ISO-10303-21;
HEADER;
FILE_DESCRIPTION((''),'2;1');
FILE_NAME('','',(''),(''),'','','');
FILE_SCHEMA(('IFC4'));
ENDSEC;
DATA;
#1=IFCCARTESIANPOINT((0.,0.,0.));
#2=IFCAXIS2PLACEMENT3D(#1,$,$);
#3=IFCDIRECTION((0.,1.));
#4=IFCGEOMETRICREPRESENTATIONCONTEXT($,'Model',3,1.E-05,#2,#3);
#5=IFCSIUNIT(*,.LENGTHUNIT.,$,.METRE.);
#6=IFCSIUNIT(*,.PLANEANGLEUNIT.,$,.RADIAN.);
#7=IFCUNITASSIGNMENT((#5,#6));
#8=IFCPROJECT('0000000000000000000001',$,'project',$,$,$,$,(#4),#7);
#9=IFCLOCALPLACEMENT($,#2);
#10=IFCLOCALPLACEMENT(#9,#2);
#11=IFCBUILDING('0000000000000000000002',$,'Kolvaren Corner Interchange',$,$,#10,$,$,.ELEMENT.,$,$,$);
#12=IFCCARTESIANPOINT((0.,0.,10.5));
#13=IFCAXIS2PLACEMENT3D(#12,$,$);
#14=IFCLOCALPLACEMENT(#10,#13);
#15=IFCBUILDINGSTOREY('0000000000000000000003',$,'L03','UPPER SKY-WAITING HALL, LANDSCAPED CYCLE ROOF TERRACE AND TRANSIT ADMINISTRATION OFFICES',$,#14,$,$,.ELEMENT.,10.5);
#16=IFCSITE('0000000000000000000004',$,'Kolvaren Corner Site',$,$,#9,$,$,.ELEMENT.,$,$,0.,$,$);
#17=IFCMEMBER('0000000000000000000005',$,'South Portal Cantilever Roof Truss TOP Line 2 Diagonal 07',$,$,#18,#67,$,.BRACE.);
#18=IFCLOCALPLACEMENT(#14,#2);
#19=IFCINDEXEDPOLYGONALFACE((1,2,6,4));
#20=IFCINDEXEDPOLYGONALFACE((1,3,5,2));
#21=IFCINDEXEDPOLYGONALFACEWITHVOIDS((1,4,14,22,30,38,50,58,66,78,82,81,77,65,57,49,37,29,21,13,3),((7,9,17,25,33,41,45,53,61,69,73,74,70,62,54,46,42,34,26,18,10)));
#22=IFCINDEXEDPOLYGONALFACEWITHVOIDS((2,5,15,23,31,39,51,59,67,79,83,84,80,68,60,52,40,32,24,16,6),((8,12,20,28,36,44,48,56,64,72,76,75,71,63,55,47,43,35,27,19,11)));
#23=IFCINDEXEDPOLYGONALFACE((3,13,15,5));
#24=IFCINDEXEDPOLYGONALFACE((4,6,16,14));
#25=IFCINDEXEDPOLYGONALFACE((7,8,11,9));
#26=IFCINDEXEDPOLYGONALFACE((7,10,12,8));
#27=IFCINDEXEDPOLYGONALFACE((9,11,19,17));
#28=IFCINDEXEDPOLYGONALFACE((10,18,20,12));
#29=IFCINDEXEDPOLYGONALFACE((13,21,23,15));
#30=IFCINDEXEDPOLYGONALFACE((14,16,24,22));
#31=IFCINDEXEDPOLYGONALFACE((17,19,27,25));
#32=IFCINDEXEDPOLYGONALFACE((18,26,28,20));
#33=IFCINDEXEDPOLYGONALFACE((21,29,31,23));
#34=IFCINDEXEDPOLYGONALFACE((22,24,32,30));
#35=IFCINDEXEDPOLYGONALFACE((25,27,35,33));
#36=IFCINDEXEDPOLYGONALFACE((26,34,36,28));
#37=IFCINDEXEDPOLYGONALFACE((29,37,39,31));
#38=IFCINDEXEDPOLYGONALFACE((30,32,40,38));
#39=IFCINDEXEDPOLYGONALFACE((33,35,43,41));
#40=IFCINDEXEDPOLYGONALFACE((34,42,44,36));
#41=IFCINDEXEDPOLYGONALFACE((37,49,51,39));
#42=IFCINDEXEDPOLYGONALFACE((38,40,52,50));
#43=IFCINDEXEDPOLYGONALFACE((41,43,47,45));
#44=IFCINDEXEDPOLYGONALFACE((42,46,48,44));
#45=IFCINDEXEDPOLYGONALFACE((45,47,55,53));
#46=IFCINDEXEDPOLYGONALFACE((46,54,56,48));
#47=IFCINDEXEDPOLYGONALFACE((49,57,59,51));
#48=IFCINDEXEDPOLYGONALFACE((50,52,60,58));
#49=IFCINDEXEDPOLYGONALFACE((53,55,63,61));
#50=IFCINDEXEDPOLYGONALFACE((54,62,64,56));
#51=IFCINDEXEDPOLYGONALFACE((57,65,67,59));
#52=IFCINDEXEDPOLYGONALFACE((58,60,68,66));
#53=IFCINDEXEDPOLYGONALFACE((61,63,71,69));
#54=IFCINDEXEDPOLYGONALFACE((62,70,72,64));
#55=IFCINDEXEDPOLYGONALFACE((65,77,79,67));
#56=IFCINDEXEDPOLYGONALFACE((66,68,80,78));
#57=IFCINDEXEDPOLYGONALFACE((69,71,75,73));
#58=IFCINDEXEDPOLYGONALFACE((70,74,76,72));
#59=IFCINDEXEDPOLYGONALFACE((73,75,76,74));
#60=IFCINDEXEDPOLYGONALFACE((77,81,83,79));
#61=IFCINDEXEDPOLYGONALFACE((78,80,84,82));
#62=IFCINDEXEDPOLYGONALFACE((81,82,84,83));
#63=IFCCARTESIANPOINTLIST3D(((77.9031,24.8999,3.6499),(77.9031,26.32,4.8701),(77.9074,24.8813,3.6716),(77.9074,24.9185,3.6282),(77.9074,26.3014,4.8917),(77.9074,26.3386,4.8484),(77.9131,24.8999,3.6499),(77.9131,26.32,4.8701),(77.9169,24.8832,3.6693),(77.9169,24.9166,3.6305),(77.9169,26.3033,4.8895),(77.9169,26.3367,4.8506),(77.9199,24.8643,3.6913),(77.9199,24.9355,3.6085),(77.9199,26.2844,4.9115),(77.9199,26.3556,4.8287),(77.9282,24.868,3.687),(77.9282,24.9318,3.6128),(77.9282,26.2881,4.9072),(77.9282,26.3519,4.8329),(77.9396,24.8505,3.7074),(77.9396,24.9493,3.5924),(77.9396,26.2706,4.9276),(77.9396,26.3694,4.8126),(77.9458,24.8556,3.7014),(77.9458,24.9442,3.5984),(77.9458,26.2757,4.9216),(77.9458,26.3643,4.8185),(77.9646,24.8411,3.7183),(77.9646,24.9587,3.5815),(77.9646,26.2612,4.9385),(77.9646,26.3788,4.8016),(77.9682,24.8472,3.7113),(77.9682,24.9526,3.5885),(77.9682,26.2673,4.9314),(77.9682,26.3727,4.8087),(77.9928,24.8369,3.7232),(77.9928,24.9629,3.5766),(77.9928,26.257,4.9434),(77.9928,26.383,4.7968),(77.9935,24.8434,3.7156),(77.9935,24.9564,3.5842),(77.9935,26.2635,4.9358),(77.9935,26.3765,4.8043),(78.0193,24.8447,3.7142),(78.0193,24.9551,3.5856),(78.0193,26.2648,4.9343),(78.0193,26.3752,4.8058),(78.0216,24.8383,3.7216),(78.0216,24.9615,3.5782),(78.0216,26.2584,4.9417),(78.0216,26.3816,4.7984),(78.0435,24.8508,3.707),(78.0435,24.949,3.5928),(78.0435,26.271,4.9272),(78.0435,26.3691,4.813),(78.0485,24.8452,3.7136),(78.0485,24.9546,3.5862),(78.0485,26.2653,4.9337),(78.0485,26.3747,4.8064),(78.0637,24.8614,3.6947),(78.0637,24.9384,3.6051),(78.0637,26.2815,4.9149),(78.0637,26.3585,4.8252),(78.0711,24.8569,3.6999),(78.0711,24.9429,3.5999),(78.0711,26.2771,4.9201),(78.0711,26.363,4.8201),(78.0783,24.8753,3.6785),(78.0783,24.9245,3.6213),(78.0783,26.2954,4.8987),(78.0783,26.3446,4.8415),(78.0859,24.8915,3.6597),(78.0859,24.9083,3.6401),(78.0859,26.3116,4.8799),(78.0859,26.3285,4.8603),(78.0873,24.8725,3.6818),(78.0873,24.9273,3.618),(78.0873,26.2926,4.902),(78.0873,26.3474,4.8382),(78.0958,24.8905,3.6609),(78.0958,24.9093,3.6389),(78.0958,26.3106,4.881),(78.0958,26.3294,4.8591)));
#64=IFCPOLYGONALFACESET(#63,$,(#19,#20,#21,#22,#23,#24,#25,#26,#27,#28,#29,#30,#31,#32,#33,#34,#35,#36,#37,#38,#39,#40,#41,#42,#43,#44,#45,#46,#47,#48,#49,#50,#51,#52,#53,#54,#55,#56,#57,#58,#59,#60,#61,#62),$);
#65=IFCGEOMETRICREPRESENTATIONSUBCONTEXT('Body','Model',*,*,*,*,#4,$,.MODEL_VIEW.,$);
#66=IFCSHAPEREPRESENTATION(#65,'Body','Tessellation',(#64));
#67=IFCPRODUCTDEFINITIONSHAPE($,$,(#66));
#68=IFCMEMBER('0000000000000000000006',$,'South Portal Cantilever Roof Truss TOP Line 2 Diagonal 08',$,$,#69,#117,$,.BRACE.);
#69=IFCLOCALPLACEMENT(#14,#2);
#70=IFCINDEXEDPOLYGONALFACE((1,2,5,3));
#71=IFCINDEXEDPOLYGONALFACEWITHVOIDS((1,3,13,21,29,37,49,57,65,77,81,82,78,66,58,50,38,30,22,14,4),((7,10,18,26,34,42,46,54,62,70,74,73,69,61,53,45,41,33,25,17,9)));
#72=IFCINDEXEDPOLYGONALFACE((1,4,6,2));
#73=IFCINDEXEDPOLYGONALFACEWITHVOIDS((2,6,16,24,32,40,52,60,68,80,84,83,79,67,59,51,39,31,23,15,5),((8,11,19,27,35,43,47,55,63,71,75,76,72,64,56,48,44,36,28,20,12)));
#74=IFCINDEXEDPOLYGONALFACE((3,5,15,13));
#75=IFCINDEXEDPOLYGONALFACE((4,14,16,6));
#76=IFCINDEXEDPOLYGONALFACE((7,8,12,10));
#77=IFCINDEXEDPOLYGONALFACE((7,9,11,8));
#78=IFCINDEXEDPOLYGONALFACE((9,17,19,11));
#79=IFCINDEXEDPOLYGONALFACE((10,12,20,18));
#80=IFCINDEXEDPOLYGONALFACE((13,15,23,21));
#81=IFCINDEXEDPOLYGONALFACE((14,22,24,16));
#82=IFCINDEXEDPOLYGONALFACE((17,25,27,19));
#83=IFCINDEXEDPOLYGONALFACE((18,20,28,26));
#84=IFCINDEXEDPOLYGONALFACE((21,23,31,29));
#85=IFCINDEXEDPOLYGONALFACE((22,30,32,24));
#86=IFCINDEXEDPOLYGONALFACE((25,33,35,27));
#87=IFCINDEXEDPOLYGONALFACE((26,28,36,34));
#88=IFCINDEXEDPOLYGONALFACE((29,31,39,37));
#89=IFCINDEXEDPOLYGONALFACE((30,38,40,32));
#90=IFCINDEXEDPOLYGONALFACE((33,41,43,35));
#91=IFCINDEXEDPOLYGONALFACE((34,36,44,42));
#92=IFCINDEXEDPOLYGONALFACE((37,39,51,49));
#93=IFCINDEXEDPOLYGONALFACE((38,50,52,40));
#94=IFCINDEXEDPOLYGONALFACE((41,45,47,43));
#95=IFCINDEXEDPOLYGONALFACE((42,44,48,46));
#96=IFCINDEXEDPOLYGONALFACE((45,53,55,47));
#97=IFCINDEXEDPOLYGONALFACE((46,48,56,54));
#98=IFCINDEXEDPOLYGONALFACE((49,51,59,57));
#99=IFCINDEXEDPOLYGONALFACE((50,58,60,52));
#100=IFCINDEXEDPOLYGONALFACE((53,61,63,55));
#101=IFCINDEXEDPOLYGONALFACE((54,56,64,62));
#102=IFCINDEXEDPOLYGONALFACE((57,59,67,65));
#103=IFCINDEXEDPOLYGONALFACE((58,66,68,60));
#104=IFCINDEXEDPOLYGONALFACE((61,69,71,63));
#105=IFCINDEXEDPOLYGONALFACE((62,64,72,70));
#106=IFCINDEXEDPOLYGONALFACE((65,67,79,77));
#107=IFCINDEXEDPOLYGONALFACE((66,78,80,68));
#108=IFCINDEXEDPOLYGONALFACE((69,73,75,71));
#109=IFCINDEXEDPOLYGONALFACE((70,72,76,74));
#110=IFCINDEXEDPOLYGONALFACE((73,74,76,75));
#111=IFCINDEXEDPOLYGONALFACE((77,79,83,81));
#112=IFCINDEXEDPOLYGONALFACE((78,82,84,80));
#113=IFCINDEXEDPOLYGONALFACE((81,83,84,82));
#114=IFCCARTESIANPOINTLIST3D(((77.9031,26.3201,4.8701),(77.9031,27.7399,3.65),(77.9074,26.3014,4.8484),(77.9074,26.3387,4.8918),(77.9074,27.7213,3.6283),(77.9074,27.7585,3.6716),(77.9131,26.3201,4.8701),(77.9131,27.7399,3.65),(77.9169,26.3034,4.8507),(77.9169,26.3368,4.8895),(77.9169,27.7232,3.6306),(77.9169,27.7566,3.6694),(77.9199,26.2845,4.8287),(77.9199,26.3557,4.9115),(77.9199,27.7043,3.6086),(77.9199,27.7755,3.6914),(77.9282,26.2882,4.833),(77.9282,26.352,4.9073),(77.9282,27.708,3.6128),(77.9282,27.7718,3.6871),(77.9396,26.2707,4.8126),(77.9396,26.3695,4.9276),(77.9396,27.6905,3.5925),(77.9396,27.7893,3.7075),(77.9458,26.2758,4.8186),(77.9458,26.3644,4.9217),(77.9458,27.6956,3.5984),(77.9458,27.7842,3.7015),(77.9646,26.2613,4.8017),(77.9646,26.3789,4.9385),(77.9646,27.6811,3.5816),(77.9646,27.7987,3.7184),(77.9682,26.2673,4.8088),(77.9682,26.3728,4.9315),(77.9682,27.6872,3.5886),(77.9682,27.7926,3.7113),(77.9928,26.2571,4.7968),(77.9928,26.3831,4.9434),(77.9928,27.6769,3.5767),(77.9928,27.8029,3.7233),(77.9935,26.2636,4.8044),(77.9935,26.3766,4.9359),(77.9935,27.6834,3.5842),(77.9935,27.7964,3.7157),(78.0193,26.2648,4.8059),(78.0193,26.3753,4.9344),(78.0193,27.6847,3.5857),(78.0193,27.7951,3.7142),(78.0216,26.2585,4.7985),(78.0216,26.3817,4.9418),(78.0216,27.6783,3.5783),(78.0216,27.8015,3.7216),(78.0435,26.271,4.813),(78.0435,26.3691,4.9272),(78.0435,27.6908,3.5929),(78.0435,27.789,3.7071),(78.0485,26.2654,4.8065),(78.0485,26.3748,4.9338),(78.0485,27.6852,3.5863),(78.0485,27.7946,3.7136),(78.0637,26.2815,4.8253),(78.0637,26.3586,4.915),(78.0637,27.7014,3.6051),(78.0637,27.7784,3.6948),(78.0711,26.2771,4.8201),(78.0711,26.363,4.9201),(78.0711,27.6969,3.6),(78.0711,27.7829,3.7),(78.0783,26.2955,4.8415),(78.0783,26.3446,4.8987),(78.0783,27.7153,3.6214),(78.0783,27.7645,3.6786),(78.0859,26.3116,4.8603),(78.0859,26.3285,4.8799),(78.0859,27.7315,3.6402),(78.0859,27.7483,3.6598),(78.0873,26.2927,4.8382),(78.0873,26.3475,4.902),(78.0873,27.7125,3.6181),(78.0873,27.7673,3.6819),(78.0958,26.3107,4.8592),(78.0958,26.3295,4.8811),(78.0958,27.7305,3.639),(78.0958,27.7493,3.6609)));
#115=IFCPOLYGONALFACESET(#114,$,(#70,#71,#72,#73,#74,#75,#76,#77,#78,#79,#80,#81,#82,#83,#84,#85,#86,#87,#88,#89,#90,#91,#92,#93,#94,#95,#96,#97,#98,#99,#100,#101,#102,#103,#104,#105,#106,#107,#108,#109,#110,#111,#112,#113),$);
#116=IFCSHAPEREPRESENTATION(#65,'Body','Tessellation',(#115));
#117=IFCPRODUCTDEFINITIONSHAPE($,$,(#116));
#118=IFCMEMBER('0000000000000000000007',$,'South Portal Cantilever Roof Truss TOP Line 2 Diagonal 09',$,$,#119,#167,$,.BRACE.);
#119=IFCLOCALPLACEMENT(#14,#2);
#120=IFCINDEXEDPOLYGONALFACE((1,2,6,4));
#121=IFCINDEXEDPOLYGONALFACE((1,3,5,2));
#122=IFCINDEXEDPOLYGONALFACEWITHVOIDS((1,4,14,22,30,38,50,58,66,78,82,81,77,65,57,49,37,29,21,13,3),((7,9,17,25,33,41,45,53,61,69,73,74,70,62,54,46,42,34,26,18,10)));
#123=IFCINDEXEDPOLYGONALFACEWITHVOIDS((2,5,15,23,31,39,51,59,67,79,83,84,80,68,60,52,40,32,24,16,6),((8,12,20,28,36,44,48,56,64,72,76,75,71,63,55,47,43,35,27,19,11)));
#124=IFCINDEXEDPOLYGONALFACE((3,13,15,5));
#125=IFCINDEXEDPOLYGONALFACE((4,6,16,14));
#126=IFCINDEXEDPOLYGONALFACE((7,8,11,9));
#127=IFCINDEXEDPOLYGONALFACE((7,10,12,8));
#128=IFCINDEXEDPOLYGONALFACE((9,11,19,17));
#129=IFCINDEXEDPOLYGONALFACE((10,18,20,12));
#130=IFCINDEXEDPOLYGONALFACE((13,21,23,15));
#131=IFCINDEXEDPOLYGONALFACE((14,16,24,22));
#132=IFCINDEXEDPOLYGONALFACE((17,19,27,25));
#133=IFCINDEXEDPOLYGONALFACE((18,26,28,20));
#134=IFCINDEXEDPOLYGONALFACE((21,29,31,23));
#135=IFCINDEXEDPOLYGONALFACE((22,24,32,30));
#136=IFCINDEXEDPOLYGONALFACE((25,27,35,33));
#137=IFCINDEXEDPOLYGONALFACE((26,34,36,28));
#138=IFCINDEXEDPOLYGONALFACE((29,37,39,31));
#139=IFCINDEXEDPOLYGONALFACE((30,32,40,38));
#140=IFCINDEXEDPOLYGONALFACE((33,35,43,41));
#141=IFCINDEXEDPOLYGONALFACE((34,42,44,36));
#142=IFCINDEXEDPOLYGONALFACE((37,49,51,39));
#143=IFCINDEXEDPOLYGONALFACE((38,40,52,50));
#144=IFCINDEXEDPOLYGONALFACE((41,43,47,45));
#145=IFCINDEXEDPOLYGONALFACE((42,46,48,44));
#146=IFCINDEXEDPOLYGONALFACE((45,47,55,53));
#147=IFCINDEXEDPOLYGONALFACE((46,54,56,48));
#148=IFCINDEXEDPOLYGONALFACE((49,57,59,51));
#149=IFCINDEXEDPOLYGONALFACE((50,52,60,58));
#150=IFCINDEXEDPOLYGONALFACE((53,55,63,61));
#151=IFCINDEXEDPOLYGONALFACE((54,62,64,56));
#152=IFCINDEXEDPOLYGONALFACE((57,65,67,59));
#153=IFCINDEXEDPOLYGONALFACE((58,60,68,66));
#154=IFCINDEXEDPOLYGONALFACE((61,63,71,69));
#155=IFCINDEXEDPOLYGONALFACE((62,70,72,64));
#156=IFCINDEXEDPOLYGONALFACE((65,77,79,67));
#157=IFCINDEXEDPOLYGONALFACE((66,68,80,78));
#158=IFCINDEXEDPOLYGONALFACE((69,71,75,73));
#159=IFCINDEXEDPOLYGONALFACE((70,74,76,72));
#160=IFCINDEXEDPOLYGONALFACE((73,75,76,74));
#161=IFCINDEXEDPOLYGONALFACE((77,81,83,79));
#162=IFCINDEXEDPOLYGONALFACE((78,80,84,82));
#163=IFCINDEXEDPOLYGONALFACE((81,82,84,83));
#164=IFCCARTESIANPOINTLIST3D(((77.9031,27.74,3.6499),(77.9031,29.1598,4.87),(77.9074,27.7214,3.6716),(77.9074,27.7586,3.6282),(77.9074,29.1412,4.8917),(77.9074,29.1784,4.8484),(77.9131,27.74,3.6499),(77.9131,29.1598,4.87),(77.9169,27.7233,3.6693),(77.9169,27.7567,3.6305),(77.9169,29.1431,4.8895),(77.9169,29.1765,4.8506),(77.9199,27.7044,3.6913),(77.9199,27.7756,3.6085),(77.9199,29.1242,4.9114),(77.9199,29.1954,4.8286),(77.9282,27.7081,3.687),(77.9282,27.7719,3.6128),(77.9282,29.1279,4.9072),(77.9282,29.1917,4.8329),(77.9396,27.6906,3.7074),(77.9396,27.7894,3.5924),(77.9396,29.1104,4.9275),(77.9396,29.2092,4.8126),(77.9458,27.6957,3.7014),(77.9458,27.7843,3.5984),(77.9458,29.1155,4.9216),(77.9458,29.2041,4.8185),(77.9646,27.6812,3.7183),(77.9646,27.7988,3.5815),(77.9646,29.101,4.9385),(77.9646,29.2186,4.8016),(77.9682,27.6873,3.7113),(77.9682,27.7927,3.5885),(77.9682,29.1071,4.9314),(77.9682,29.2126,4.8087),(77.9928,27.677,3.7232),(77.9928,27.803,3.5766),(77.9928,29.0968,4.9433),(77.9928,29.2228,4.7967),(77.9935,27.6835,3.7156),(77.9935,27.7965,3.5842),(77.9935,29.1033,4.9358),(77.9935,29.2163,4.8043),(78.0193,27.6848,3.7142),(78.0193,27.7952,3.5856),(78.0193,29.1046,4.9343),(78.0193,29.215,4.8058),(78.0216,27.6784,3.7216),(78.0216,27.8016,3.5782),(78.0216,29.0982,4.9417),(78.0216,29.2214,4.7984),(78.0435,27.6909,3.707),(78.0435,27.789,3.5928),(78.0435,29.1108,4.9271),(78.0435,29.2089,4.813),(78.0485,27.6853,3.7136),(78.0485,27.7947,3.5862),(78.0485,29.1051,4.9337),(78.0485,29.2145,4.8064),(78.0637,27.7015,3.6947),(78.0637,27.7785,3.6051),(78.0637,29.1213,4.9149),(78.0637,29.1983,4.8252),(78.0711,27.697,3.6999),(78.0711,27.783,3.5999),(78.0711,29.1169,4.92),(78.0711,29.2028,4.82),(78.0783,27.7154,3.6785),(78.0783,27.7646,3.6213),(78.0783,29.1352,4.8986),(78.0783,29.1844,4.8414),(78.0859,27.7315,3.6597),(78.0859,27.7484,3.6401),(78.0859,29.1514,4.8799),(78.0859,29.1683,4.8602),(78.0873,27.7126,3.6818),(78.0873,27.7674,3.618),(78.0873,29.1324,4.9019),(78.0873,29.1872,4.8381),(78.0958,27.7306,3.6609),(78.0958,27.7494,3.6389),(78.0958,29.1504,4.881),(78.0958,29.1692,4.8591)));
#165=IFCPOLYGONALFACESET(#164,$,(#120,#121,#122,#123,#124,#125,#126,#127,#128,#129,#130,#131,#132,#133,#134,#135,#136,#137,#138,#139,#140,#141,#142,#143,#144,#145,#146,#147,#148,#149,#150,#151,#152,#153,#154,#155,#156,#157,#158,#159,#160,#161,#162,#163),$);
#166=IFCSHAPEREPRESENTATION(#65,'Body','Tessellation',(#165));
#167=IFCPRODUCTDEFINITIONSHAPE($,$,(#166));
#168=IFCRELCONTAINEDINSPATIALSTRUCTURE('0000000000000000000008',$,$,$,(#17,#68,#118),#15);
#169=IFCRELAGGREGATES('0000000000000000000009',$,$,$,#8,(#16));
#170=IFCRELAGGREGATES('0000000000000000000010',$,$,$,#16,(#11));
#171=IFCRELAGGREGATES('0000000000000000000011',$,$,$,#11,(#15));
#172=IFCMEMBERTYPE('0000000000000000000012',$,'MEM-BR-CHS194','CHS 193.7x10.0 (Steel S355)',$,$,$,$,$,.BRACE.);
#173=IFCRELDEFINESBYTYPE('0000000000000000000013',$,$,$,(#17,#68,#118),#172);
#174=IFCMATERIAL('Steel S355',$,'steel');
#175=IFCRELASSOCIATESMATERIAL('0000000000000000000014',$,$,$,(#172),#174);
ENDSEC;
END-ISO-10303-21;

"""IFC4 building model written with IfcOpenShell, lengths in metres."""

from ifc_helpers import new_model, si_unit, direction, frame, origin, origin_2d, place, context, subcontext, project, spatial, hollow_circle, extrude, material, material_profile, profile_set, type_object, element, save


model = new_model("IFC4")

# Units and contexts
model_context = context("Model", 3, precision=1e-05, world=origin(), true_north=direction((0.0, 1.0)))
body_context = subcontext(model_context, "Body", "Model", "MODEL_VIEW")
ifc_project = project(units=[si_unit("LENGTHUNIT", "METRE"), si_unit("PLANEANGLEUNIT", "RADIAN")], contexts=[model_context])

# Site, building, storey
site_placement = place(None, origin())
site = spatial("IfcSite", under=ifc_project, at=site_placement, Name="Kolvaren Corner Site", CompositionType="ELEMENT", RefElevation=0.0)
building_placement = place(site_placement, origin())
building = spatial("IfcBuilding", under=site, at=building_placement, Name="Kolvaren Corner Interchange", CompositionType="ELEMENT")
storey_placement = place(building_placement, frame((0.0, 0.0, 10.5)))
storey = spatial("IfcBuildingStorey", under=building, at=storey_placement, Name="L03", Description="UPPER SKY-WAITING HALL, LANDSCAPED CYCLE ROOF TERRACE AND TRANSIT ADMINISTRATION OFFICES", CompositionType="ELEMENT", Elevation=10.5)

# Members
ifc_material_1 = material(Name="Steel S355", Category="steel")
ifc_material_profile_1 = material_profile(ifc_material_1, hollow_circle(Radius=0.0969, WallThickness=0.01, at=origin_2d()), Name="CHS 193.7x10.0")
ifc_profile_set_1 = profile_set([ifc_material_profile_1], Name="Steel S355")
member_type_1 = type_object("IfcMemberType", Name="MEM-BR-CHS194", Description="CHS 193.7x10.0 (Steel S355)", PredefinedType="BRACE", material=ifc_profile_set_1)
member_1_placement = place(storey_placement, frame((78.0, 24.8999, 3.6499), z_axis=(0.0, 0.758483, 0.651693), x_axis=(-1.0, 0.0, 0.0)))
element("IfcMember", 1, at=member_1_placement, inside=storey, type_object=member_type_1, Name="South Portal Cantilever Roof Truss TOP Line 2 Diagonal 07", PredefinedType="BRACE", context=body_context, shape_type="SweptSolid", body=[
    extrude(hollow_circle(Radius=0.0969, WallThickness=0.01, at=origin_2d()), origin(), (0.0, 0.0, 1.0), 1.8723),
])
for number, where, z_axis, x_axis, name in (
    (2, (78.0, 26.3201, 4.8701), (0.0, 0.758428, -0.651757), (-1.0, 0.0, 0.0), "South Portal Cantilever Roof Truss TOP Line 2 Diagonal 08"),
    (3, (78.0, 27.74, 3.6499), (0.0, 0.758428, 0.651757), (-1.0, 0.0, 0.0), "South Portal Cantilever Roof Truss TOP Line 2 Diagonal 09"),
):
    element("IfcMember", number, at=place(storey_placement, frame(where, z_axis=z_axis, x_axis=x_axis)), inside=storey, type_object=member_type_1, Name=name, PredefinedType="BRACE", context=body_context, shape_type="SweptSolid", body=[
        extrude(hollow_circle(Radius=0.0969, WallThickness=0.01, at=origin_2d()), origin(), (0.0, 0.0, 1.0), 1.8721),
    ])

save(model, "model.ifc")
